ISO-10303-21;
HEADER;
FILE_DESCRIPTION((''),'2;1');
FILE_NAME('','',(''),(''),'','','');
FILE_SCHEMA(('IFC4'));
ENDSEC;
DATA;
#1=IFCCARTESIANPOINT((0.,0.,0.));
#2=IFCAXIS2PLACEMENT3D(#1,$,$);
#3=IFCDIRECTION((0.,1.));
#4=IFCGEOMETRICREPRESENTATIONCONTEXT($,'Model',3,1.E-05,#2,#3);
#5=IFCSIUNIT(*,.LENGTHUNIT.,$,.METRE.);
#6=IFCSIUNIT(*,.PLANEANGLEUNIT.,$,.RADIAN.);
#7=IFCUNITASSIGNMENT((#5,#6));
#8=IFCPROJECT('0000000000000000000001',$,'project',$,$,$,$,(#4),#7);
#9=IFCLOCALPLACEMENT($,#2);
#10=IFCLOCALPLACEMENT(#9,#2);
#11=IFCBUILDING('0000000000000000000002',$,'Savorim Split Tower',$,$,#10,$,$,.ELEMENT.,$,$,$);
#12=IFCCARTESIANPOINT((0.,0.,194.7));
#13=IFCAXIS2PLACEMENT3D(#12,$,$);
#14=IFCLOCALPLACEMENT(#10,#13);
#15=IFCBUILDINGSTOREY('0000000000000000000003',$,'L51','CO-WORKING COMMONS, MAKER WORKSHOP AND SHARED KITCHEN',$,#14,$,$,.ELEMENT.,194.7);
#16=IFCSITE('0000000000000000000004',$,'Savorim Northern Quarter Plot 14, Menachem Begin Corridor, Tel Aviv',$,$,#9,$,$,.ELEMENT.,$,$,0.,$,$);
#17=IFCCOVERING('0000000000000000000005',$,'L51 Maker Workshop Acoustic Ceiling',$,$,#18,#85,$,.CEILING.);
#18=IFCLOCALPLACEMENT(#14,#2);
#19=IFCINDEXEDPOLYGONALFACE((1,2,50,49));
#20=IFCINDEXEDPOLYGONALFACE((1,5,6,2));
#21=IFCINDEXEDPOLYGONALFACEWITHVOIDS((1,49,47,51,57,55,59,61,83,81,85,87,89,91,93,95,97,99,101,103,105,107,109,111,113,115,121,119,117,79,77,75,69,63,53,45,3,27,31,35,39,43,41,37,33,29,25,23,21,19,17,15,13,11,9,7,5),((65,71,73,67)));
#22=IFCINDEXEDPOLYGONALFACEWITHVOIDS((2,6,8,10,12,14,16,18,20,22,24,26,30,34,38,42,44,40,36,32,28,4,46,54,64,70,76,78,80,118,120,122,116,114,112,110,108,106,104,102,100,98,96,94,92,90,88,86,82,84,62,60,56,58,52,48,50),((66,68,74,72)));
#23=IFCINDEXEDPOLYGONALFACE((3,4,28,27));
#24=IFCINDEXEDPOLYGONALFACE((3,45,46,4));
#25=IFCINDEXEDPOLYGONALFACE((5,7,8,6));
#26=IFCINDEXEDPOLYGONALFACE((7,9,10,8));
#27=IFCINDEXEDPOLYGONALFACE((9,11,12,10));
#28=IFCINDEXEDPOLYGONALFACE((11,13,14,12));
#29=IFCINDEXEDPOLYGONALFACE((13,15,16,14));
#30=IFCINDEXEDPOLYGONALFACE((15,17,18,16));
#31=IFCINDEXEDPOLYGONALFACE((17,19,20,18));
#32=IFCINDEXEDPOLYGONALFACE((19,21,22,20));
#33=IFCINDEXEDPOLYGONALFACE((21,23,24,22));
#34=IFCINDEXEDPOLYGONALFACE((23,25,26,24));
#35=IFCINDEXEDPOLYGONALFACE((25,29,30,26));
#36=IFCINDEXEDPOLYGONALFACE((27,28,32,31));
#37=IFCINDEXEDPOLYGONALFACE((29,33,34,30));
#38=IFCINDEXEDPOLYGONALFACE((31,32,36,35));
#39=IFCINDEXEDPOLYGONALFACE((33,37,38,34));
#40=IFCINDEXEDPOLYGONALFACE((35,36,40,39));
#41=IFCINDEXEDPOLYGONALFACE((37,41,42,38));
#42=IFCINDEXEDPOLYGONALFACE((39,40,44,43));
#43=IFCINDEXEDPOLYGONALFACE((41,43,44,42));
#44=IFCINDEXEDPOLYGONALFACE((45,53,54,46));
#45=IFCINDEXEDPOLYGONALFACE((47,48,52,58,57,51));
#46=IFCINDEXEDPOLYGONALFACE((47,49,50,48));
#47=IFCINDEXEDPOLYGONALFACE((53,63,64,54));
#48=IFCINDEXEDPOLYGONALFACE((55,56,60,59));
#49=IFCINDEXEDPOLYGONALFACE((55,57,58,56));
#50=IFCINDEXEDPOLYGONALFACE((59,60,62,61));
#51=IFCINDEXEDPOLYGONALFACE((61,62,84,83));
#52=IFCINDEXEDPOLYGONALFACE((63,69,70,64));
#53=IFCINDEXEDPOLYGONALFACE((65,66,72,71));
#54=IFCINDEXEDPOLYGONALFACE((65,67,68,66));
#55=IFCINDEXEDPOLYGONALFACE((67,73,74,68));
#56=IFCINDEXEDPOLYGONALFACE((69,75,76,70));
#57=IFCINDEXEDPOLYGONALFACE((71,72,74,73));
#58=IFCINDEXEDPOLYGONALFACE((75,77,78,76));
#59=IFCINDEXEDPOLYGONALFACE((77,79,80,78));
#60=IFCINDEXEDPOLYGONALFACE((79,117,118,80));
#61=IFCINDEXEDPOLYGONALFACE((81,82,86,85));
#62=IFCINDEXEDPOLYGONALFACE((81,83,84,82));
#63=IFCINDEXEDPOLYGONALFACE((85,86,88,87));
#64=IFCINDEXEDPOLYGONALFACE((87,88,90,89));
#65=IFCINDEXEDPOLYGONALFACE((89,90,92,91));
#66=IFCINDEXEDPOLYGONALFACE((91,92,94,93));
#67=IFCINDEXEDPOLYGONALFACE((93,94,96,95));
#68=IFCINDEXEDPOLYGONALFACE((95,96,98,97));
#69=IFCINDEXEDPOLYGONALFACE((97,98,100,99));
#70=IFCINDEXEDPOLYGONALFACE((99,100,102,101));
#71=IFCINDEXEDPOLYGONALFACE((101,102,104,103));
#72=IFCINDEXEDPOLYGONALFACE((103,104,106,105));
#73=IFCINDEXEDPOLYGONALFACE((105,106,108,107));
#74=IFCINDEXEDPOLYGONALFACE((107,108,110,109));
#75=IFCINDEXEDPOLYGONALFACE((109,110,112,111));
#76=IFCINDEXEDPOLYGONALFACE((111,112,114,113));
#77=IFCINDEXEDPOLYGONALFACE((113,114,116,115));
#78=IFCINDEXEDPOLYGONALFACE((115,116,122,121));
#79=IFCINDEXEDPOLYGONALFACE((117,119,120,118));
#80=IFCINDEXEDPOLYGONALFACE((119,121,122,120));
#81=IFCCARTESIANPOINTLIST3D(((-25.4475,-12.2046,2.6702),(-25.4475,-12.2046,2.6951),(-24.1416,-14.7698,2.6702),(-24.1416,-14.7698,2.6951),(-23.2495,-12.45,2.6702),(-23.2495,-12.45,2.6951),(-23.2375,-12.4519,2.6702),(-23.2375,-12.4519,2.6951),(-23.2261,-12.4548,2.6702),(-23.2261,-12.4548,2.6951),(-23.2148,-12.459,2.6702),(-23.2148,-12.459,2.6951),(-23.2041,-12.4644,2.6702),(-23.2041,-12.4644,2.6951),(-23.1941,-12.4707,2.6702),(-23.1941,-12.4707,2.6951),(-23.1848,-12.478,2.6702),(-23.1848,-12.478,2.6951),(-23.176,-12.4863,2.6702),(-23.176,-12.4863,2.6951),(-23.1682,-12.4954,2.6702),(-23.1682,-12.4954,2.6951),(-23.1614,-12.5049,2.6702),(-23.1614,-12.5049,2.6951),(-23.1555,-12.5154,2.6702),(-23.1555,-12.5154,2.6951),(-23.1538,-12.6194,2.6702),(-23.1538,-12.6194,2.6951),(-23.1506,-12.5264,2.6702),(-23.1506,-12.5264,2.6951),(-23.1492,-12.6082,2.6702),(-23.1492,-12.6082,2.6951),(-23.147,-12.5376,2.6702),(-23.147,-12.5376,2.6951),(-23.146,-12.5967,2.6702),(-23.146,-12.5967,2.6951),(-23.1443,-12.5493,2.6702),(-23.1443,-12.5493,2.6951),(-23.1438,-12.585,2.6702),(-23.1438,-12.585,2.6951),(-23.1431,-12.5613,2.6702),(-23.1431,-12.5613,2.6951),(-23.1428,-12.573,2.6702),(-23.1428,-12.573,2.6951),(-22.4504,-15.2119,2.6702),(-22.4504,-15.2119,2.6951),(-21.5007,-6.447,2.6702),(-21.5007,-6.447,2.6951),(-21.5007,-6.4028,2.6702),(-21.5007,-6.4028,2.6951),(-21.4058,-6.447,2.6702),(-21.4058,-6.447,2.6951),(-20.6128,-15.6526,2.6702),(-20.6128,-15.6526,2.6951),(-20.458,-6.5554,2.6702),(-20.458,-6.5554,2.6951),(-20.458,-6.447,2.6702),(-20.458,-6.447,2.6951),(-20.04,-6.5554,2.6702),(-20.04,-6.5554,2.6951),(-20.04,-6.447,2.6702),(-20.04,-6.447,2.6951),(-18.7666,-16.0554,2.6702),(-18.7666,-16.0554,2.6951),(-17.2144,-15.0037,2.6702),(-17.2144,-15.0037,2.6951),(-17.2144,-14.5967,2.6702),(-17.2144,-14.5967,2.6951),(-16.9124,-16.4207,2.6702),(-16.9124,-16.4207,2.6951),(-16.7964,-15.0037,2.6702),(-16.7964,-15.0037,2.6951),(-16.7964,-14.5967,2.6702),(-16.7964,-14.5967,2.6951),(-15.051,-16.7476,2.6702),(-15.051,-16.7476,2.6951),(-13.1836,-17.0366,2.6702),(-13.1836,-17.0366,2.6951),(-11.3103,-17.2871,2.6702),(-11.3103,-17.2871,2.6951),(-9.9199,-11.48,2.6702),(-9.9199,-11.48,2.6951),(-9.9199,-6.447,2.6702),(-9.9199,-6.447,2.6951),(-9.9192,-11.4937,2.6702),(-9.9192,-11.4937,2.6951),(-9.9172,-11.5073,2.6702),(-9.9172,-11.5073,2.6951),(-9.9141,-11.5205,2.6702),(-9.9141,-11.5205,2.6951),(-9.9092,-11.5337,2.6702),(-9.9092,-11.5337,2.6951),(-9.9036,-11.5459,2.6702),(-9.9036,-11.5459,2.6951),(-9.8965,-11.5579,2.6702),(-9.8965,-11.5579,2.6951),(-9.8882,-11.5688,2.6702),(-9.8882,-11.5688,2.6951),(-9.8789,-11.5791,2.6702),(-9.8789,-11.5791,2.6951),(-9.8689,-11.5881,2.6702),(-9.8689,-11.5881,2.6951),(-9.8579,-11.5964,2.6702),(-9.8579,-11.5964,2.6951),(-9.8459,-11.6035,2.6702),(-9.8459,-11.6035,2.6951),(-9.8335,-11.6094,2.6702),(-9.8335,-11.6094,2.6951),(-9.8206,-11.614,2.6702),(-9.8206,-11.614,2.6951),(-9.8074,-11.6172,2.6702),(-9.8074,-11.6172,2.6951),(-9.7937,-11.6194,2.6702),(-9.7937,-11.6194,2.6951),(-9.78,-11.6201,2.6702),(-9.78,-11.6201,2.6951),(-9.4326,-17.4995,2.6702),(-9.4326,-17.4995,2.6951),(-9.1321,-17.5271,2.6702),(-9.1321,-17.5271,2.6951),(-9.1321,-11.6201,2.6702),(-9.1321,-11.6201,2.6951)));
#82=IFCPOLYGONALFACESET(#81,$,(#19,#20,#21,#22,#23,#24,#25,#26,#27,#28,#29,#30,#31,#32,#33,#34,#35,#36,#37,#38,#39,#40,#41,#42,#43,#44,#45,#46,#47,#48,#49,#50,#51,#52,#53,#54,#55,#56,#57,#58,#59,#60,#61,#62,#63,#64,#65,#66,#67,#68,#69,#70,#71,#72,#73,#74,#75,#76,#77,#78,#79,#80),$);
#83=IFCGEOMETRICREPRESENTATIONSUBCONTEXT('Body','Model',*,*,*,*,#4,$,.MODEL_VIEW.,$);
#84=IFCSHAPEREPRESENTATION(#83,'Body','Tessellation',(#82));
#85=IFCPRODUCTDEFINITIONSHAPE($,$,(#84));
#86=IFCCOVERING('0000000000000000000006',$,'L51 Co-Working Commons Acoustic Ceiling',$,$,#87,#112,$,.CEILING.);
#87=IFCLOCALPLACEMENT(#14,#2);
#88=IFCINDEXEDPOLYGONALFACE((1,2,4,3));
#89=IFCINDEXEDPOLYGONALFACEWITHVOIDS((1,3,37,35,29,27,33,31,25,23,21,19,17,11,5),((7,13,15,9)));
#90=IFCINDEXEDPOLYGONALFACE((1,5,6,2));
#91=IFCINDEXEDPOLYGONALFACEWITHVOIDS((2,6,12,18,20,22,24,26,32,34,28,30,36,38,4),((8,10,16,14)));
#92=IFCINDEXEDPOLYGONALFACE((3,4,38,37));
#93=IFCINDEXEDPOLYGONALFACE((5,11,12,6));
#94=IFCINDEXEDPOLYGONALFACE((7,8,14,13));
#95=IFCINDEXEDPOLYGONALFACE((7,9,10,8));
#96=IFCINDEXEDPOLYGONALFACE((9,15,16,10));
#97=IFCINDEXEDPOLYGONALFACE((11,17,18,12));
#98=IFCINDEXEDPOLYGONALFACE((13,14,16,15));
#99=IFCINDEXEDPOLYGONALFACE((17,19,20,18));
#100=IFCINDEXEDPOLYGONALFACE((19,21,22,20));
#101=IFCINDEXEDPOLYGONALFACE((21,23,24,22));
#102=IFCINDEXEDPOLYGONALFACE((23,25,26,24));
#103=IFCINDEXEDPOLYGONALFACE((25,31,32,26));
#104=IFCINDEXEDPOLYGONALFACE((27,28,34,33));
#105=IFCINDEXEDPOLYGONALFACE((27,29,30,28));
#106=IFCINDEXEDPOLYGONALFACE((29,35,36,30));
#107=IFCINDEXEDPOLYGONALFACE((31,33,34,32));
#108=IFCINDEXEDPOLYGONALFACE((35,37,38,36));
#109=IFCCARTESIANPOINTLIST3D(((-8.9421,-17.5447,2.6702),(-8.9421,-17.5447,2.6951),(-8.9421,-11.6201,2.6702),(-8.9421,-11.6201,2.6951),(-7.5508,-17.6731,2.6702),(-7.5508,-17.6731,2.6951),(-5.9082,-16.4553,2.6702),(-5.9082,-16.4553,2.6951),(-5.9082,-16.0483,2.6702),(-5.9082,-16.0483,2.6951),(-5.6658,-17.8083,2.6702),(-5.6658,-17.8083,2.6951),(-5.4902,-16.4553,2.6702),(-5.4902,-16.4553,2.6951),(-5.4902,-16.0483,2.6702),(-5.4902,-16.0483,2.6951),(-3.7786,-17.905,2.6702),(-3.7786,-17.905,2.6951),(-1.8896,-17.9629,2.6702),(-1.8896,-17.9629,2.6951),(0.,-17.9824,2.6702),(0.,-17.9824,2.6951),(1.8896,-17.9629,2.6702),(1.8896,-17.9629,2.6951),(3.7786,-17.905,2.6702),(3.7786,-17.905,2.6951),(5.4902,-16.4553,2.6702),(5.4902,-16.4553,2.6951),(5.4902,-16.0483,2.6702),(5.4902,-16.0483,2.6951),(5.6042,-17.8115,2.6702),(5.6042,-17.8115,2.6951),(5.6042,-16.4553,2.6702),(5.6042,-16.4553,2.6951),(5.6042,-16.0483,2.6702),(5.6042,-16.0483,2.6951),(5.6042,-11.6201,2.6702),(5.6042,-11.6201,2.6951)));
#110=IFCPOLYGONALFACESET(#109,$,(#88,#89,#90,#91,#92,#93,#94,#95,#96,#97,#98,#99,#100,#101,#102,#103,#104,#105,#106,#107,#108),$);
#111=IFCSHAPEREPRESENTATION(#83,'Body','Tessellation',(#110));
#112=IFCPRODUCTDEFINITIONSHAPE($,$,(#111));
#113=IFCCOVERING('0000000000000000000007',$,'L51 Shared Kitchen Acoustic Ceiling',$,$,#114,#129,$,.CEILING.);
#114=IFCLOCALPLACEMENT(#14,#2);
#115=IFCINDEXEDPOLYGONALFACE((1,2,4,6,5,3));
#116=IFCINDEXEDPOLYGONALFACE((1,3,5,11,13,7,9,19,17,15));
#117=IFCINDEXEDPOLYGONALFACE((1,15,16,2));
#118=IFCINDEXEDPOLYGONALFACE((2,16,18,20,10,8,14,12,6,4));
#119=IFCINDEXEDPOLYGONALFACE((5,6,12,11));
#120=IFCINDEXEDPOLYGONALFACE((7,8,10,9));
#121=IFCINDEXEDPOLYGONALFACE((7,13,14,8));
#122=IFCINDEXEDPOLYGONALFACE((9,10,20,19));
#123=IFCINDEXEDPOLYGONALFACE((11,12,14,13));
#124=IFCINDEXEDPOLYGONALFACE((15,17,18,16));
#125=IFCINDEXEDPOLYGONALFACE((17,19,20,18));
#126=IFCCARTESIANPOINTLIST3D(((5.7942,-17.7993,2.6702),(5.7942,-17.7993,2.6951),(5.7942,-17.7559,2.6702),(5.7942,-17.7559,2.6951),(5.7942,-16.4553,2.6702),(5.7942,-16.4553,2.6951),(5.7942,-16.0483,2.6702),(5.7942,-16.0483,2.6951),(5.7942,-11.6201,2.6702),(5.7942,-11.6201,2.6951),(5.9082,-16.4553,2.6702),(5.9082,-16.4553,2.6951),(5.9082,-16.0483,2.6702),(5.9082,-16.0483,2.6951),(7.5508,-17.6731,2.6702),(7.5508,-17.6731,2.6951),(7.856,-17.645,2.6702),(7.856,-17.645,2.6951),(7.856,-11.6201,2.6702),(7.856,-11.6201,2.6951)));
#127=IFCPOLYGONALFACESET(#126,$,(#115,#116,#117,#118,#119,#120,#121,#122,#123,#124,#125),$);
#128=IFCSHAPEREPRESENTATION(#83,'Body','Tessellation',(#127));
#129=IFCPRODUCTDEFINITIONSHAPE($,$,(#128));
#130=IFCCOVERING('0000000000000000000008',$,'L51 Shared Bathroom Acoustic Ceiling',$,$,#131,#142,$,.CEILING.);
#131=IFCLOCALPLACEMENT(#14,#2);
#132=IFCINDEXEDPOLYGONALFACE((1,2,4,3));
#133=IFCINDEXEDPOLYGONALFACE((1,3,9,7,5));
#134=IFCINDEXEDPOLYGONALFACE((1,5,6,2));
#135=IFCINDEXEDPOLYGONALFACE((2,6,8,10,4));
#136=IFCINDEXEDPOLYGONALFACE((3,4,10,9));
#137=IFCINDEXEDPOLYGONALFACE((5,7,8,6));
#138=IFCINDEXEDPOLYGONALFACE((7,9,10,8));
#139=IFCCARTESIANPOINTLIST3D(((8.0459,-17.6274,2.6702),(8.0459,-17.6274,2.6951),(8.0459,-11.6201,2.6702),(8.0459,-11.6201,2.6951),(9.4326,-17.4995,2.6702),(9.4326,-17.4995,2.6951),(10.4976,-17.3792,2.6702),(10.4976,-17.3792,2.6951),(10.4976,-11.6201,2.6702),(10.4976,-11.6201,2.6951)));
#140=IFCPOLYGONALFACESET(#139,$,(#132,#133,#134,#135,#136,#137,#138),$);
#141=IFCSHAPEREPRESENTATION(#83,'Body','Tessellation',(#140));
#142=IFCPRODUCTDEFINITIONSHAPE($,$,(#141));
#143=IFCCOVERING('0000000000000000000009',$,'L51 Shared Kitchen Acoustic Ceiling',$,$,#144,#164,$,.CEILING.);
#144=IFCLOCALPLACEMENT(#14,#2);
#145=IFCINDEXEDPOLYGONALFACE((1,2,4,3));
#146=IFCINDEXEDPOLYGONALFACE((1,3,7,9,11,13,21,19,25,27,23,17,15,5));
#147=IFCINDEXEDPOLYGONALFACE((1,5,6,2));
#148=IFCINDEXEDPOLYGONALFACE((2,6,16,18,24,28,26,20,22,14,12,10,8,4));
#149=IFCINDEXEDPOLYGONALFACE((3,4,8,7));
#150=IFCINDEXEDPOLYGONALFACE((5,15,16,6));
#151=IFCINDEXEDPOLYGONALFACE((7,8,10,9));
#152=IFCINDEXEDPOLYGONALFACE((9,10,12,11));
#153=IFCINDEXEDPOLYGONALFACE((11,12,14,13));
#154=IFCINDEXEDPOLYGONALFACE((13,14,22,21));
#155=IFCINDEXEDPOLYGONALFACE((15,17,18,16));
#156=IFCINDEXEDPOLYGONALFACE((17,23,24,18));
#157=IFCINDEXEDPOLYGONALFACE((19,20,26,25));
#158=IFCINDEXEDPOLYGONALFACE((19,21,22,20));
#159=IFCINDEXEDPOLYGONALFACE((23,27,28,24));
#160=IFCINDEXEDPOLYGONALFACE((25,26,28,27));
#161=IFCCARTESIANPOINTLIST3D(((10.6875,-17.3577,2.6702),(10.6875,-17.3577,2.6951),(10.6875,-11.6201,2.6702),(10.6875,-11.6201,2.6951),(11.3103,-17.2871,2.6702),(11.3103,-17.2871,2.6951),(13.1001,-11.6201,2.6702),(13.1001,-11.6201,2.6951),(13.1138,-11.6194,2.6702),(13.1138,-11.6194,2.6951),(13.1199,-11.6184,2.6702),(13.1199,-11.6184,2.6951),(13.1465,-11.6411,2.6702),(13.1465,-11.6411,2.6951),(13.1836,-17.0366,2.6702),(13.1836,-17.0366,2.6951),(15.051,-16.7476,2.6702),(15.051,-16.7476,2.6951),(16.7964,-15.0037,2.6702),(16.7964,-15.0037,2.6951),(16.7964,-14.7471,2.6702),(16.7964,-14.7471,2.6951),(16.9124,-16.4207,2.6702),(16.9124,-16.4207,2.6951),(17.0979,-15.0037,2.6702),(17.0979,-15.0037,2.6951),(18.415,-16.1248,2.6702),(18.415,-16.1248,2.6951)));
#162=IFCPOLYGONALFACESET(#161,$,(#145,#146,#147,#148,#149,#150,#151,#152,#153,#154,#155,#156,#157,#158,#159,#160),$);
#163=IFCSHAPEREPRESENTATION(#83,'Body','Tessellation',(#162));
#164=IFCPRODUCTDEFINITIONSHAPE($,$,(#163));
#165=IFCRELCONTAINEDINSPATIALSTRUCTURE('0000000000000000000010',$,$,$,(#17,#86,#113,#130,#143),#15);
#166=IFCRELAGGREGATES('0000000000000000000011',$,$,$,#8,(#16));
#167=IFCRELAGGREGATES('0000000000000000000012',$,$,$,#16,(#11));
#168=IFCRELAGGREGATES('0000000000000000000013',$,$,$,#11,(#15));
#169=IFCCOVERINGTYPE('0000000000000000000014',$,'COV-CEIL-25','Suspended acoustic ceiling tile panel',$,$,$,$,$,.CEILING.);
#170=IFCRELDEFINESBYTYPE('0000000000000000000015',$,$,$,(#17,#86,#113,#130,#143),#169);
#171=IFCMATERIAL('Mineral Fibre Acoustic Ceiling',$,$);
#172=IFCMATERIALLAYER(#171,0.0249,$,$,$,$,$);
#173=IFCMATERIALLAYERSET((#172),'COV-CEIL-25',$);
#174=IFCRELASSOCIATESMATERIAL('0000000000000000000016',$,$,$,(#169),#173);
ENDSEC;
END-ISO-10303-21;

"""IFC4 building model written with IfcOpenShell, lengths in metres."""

from ifc_helpers import new_model, si_unit, direction, frame, origin, place, context, subcontext, project, spatial, polyline, outline, extrude, material, layer, layer_set, type_object, element, save


model = new_model("IFC4")

# Units and contexts
model_context = context("Model", 3, precision=1e-05, world=origin(), true_north=direction((0.0, 1.0)))
body_context = subcontext(model_context, "Body", "Model", "MODEL_VIEW")
ifc_project = project(units=[si_unit("LENGTHUNIT", "METRE"), si_unit("PLANEANGLEUNIT", "RADIAN")], contexts=[model_context])

# Site, building, storey
site_placement = place(None, origin())
site = spatial("IfcSite", under=ifc_project, at=site_placement, Name="Savorim Northern Quarter Plot 14, Menachem Begin Corridor, Tel Aviv", CompositionType="ELEMENT", RefElevation=0.0)
building_placement = place(site_placement, origin())
building = spatial("IfcBuilding", under=site, at=building_placement, Name="Savorim Split Tower", CompositionType="ELEMENT")
storey_placement = place(building_placement, frame((0.0, 0.0, 194.7)))
storey = spatial("IfcBuildingStorey", under=building, at=storey_placement, Name="L51", Description="CO-WORKING COMMONS, MAKER WORKSHOP AND SHARED KITCHEN", CompositionType="ELEMENT", Elevation=194.7)

# Coverings
ifc_material_1 = material(Name="Mineral Fibre Acoustic Ceiling")
ifc_layer_1 = layer(ifc_material_1, 0.0249)
ifc_layer_set_1 = layer_set([ifc_layer_1], Name="COV-CEIL-25")
covering_type_1 = type_object("IfcCoveringType", Name="COV-CEIL-25", Description="Suspended acoustic ceiling tile panel", PredefinedType="CEILING", material=ifc_layer_set_1)
covering_1_placement = place(storey_placement, frame((0.0, 0.0, 2.6702)))
element("IfcCovering", 1, at=covering_1_placement, inside=storey, type_object=covering_type_1, Name="L51 Maker Workshop Acoustic Ceiling", PredefinedType="CEILING", context=body_context, shape_type="SweptSolid", body=[
    extrude(outline(polyline([(-23.1428, -12.573), (-23.1438, -12.585), (-23.146, -12.5967), (-23.1492, -12.6082), (-23.1538, -12.6194), (-24.1416, -14.7698), (-22.4504, -15.2119), (-20.6128, -15.6526), (-18.7666, -16.0554), (-16.9124, -16.4207), (-15.051, -16.7476), (-13.1836, -17.0366), (-11.3103, -17.2871), (-9.4326, -17.4995), (-9.1321, -17.5271), (-9.1321, -11.6201), (-9.78, -11.6201), (-9.7937, -11.6194), (-9.8074, -11.6172), (-9.8206, -11.614), (-9.8335, -11.6094), (-9.8459, -11.6035), (-9.8579, -11.5964), (-9.8689, -11.5881), (-9.8789, -11.5791), (-9.8882, -11.5688), (-9.8965, -11.5579), (-9.9036, -11.5459), (-9.9092, -11.5337), (-9.9141, -11.5205), (-9.9172, -11.5073), (-9.9192, -11.4937), (-9.9199, -11.48), (-9.9199, -6.447), (-20.04, -6.447), (-20.04, -6.5554), (-20.458, -6.5554), (-20.458, -6.447), (-21.4058, -6.447), (-21.5007, -6.447), (-21.5007, -6.4028), (-25.4475, -12.2046), (-23.2495, -12.45), (-23.2375, -12.4519), (-23.2261, -12.4548), (-23.2148, -12.459), (-23.2041, -12.4644), (-23.1941, -12.4707), (-23.1848, -12.478), (-23.176, -12.4863), (-23.1682, -12.4954), (-23.1614, -12.5049), (-23.1555, -12.5154), (-23.1506, -12.5264), (-23.147, -12.5376), (-23.1443, -12.5493), (-23.1431, -12.5613), (-23.1428, -12.573)]), holes=[polyline([(-17.2144, -15.0037), (-16.7964, -15.0037), (-16.7964, -14.5967), (-17.2144, -14.5967), (-17.2144, -15.0037)])]), origin(), (0.0, 0.0, 1.0), 0.0249),
])
covering_2_placement = place(storey_placement, frame((0.0, 0.0, 2.6702)))
element("IfcCovering", 2, at=covering_2_placement, inside=storey, type_object=covering_type_1, Name="L51 Co-Working Commons Acoustic Ceiling", PredefinedType="CEILING", context=body_context, shape_type="SweptSolid", body=[
    extrude(outline(polyline([(5.4902, -16.0483), (5.6042, -16.0483), (5.6042, -11.6201), (-8.9421, -11.6201), (-8.9421, -17.5447), (-7.5508, -17.6731), (-5.6658, -17.8083), (-3.7786, -17.905), (-1.8896, -17.9629), (0.0, -17.9824), (1.8896, -17.9629), (3.7786, -17.905), (5.6042, -17.8115), (5.6042, -16.4553), (5.4902, -16.4553), (5.4902, -16.0483)]), holes=[polyline([(-5.9082, -16.4553), (-5.4902, -16.4553), (-5.4902, -16.0483), (-5.9082, -16.0483), (-5.9082, -16.4553)])]), origin(), (0.0, 0.0, 1.0), 0.0249),
])
covering_3_placement = place(storey_placement, frame((0.0, 0.0, 2.6702)))
element("IfcCovering", 3, at=covering_3_placement, inside=storey, type_object=covering_type_1, Name="L51 Shared Kitchen Acoustic Ceiling", PredefinedType="CEILING", context=body_context, shape_type="SweptSolid", body=[
    extrude(outline(polyline([(5.7942, -17.7559), (5.7942, -17.7993), (7.5508, -17.6731), (7.856, -17.645), (7.856, -11.6201), (5.7942, -11.6201), (5.7942, -16.0483), (5.9082, -16.0483), (5.9082, -16.4553), (5.7942, -16.4553), (5.7942, -17.7559)])), origin(), (0.0, 0.0, 1.0), 0.0249),
])
covering_4_placement = place(storey_placement, frame((0.0, 0.0, 2.6702)))
element("IfcCovering", 4, at=covering_4_placement, inside=storey, type_object=covering_type_1, Name="L51 Shared Bathroom Acoustic Ceiling", PredefinedType="CEILING", context=body_context, shape_type="SweptSolid", body=[
    extrude(outline(polyline([(8.0459, -11.6201), (8.0459, -17.6274), (9.4326, -17.4995), (10.4976, -17.3792), (10.4976, -11.6201), (8.0459, -11.6201)])), origin(), (0.0, 0.0, 1.0), 0.0249),
])
covering_5_placement = place(storey_placement, frame((0.0, 0.0, 2.6702)))
element("IfcCovering", 5, at=covering_5_placement, inside=storey, type_object=covering_type_1, Name="L51 Shared Kitchen Acoustic Ceiling", PredefinedType="CEILING", context=body_context, shape_type="SweptSolid", body=[
    extrude(outline(polyline([(11.3103, -17.2871), (13.1836, -17.0366), (15.051, -16.7476), (16.9124, -16.4207), (18.415, -16.1248), (17.0979, -15.0037), (16.7964, -15.0037), (16.7964, -14.7471), (13.1465, -11.6411), (13.1199, -11.6184), (13.1138, -11.6194), (13.1001, -11.6201), (10.6875, -11.6201), (10.6875, -17.3577), (11.3103, -17.2871)])), origin(), (0.0, 0.0, 1.0), 0.0249),
])

save(model, "model.ifc")
